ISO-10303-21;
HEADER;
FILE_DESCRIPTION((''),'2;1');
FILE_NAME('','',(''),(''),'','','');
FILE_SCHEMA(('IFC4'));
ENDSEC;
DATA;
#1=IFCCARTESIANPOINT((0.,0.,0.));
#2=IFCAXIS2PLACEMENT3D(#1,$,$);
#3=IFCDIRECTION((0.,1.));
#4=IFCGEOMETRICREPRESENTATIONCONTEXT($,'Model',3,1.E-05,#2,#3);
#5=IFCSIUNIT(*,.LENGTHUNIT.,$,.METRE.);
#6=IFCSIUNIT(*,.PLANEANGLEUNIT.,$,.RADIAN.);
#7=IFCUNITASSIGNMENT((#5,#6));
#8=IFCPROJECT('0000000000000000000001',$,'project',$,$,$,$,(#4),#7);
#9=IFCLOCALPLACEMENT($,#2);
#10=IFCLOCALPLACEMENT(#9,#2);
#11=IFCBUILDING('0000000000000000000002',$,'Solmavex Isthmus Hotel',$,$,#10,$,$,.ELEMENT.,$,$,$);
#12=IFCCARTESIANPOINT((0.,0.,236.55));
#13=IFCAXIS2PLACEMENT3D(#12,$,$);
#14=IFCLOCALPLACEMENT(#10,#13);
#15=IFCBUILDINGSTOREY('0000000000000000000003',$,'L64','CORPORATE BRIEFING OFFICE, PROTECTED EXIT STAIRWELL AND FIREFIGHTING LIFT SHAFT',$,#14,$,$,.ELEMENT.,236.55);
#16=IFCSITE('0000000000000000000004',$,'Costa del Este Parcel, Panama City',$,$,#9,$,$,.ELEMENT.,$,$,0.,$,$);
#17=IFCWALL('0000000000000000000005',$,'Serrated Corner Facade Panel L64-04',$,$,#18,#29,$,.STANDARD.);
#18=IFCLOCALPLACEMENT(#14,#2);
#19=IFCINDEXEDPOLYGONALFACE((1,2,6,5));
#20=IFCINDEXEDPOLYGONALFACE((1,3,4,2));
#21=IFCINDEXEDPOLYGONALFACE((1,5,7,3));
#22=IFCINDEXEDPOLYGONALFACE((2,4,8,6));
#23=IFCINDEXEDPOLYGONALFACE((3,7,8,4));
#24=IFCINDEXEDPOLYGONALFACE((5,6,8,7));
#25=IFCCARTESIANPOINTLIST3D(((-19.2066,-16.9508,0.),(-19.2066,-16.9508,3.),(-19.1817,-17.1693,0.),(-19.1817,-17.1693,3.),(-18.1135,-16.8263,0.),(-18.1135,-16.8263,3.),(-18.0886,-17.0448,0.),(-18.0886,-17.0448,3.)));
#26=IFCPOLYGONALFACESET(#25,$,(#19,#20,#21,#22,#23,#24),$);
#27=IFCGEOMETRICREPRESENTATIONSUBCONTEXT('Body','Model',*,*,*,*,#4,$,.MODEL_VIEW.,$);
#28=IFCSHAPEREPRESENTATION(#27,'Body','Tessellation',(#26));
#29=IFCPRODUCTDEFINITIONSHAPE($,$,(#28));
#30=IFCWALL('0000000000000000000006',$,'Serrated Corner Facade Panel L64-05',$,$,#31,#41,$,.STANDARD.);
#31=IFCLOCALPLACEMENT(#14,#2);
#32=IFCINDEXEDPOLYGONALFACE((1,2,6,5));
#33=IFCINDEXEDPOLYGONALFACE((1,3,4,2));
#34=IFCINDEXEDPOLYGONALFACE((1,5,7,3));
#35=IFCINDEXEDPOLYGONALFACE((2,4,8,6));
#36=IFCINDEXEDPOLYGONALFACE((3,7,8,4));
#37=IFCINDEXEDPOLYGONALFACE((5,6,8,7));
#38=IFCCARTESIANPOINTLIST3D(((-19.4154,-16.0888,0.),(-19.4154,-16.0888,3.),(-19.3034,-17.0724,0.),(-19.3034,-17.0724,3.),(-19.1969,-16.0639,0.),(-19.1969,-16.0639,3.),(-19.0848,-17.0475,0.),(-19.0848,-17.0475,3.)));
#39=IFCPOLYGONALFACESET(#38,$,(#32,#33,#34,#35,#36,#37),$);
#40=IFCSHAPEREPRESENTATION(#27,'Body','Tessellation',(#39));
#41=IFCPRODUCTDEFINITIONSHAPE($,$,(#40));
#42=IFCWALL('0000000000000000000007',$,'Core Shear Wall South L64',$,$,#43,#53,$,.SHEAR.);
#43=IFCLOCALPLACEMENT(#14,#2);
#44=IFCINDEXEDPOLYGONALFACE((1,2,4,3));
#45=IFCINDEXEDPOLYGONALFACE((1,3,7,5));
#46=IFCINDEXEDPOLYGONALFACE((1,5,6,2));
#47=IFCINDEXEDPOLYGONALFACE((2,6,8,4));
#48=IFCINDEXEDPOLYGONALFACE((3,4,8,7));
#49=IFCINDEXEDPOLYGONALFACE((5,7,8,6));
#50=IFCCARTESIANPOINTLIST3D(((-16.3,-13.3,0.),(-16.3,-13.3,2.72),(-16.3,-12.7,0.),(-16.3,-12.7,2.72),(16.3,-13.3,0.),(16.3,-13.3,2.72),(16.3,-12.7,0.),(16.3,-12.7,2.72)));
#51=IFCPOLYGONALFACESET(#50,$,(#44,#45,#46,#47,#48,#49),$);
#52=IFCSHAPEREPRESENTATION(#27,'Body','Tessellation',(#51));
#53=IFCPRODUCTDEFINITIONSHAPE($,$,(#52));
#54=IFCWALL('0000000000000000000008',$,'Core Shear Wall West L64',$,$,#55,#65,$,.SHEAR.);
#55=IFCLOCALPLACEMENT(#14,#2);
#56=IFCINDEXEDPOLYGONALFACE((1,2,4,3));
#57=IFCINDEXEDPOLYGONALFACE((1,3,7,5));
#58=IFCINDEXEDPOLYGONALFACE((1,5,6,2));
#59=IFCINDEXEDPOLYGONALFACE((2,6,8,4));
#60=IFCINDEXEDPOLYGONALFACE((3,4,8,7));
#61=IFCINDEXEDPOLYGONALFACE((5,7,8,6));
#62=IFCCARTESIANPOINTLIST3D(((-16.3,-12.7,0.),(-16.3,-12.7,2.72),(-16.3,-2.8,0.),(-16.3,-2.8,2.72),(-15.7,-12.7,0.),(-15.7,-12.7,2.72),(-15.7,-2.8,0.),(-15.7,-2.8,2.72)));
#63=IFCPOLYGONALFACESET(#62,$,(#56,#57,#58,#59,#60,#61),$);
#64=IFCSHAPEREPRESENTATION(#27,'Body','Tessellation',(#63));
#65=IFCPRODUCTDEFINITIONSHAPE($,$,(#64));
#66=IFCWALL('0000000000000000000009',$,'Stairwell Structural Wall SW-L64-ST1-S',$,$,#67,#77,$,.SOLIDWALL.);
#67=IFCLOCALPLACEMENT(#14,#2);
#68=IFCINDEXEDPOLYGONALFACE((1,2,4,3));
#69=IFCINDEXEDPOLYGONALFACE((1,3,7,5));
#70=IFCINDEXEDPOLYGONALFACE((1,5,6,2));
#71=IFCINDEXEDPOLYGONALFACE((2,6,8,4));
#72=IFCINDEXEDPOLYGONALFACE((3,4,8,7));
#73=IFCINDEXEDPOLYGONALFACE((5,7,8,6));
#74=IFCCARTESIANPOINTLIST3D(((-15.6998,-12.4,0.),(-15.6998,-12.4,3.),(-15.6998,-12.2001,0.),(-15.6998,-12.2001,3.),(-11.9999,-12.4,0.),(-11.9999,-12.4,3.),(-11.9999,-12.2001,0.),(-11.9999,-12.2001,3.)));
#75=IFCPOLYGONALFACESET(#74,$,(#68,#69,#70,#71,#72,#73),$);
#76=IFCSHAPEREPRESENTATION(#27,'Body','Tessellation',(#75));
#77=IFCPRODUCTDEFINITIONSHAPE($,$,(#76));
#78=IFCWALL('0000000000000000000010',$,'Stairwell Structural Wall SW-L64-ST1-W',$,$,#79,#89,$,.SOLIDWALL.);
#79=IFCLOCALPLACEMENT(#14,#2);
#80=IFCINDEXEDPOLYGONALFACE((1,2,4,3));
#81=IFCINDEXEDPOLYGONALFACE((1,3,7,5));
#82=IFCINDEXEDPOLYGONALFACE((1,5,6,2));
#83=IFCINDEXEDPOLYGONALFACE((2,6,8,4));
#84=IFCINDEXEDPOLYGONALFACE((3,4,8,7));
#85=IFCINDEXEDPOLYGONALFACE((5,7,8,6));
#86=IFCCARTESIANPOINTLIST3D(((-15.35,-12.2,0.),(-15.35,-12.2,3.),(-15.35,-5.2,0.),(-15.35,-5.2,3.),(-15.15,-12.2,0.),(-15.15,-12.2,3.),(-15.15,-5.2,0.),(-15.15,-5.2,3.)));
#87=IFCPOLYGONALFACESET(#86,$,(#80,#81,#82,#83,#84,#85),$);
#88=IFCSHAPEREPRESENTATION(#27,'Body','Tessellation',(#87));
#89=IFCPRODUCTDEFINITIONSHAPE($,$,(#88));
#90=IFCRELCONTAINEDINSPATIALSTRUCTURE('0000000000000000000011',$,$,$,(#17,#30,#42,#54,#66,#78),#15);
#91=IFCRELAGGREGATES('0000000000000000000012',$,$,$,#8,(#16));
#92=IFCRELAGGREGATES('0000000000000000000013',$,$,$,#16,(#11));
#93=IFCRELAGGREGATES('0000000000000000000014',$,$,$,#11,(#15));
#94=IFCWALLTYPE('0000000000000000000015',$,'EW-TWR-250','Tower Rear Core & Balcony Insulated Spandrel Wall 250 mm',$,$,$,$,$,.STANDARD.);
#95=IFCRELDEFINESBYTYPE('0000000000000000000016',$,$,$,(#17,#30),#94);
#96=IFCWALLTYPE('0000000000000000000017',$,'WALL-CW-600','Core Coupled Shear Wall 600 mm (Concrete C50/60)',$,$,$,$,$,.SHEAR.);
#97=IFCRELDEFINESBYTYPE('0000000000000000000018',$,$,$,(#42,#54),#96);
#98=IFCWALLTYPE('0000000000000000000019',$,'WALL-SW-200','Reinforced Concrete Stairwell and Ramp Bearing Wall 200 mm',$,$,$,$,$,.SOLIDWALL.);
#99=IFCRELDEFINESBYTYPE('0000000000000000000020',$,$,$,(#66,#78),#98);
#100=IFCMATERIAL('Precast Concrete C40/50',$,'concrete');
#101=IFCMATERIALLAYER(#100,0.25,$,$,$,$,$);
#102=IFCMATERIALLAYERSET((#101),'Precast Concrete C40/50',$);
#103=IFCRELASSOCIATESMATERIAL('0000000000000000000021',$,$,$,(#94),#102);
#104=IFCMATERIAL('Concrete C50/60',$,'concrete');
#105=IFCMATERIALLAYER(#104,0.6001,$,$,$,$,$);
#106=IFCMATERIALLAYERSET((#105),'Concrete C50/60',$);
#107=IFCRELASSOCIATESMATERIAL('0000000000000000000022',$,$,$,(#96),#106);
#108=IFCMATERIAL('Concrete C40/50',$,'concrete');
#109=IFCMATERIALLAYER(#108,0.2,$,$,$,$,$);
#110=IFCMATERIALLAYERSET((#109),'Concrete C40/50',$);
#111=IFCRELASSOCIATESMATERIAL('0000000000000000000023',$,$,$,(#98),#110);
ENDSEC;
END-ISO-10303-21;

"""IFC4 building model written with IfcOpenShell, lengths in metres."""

from ifc_helpers import new_model, si_unit, direction, frame, frame_2d, origin, place, context, subcontext, project, spatial, rectangle, extrude, material, layer, layer_set, type_object, element, save


model = new_model("IFC4")

# Units and contexts
model_context = context("Model", 3, precision=1e-05, world=origin(), true_north=direction((0.0, 1.0)))
body_context = subcontext(model_context, "Body", "Model", "MODEL_VIEW")
ifc_project = project(units=[si_unit("LENGTHUNIT", "METRE"), si_unit("PLANEANGLEUNIT", "RADIAN")], contexts=[model_context])

# Site, building, storey
site_placement = place(None, origin())
site = spatial("IfcSite", under=ifc_project, at=site_placement, Name="Costa del Este Parcel, Panama City", CompositionType="ELEMENT", RefElevation=0.0)
building_placement = place(site_placement, origin())
building = spatial("IfcBuilding", under=site, at=building_placement, Name="Solmavex Isthmus Hotel", CompositionType="ELEMENT")
storey_placement = place(building_placement, frame((0.0, 0.0, 236.55)))
storey = spatial("IfcBuildingStorey", under=building, at=storey_placement, Name="L64", Description="CORPORATE BRIEFING OFFICE, PROTECTED EXIT STAIRWELL AND FIREFIGHTING LIFT SHAFT", CompositionType="ELEMENT", Elevation=236.55)

# Shared definitions
ifc_material_1 = material(Name="Concrete C50/60", Category="concrete")

# Shared definitions
ifc_material_2 = material(Name="Precast Concrete C40/50", Category="concrete")
ifc_layer_1 = layer(ifc_material_2, 0.25)
ifc_layer_set_1 = layer_set([ifc_layer_1], Name="Precast Concrete C40/50")
wall_type_1 = type_object("IfcWallType", Name="EW-TWR-250", Description="Tower Rear Core & Balcony Insulated Spandrel Wall 250 mm", PredefinedType="STANDARD", material=ifc_layer_set_1)

# Walls
for number, where, z_axis, x_axis, name in (
    (1, (-18.1011, -16.9355, 0.0), (0.0, 0.0, 1.0), (-0.993574, -0.113184, 0.0), "Serrated Corner Facade Panel L64-04"),
):
    element("IfcWall", number, at=place(storey_placement, frame(where, z_axis=z_axis, x_axis=x_axis)), inside=storey, type_object=wall_type_1, Name=name, PredefinedType="STANDARD", context=body_context, shape_type="SweptSolid", body=[
        extrude(rectangle(XDim=1.1001, YDim=0.22, at=frame_2d((0.55, 0.0))), origin(), (0.0, 0.0, 1.0), 3.0),
    ])
wall_1_placement = place(storey_placement, frame((-19.1941, -17.0601, 0.0), z_axis=(0.0, 0.0, 1.0), x_axis=(-0.113192, 0.993573, 0.0)))
element("IfcWall", 2, at=wall_1_placement, inside=storey, type_object=wall_type_1, Name="Serrated Corner Facade Panel L64-05", PredefinedType="STANDARD", context=body_context, shape_type="SweptSolid", body=[
    extrude(rectangle(XDim=0.99, YDim=0.22, at=frame_2d((0.4951, 0.0))), origin(), (0.0, 0.0, 1.0), 3.0),
])
ifc_layer_2 = layer(ifc_material_1, 0.6001)
ifc_layer_set_2 = layer_set([ifc_layer_2], Name="Concrete C50/60")
wall_type_2 = type_object("IfcWallType", Name="WALL-CW-600", Description="Core Coupled Shear Wall 600 mm (Concrete C50/60)", PredefinedType="SHEAR", material=ifc_layer_set_2)
wall_2_placement = place(storey_placement, frame((-16.3, -13.0, 0.0), z_axis=(0.0, 0.0, 1.0), x_axis=(1.0, 0.0, 0.0)))
element("IfcWall", 3, at=wall_2_placement, inside=storey, type_object=wall_type_2, Name="Core Shear Wall South L64", PredefinedType="SHEAR", context=body_context, shape_type="SweptSolid", body=[
    extrude(rectangle(XDim=32.6001, YDim=0.6001, at=frame_2d((16.3, 0.0))), origin(), (0.0, 0.0, 1.0), 2.72),
])
wall_3_placement = place(storey_placement, frame((-16.0, -12.7, 0.0), z_axis=(0.0, 0.0, 1.0), x_axis=(0.0, 1.0, 0.0)))
element("IfcWall", 4, at=wall_3_placement, inside=storey, type_object=wall_type_2, Name="Core Shear Wall West L64", PredefinedType="SHEAR", context=body_context, shape_type="SweptSolid", body=[
    extrude(rectangle(XDim=9.8999, YDim=0.6001, at=frame_2d((4.95, 0.0))), origin(), (0.0, 0.0, 1.0), 2.72),
])
ifc_material_3 = material(Name="Concrete C40/50", Category="concrete")
ifc_layer_3 = layer(ifc_material_3, 0.2)
ifc_layer_set_3 = layer_set([ifc_layer_3], Name="Concrete C40/50")
wall_type_3 = type_object("IfcWallType", Name="WALL-SW-200", Description="Reinforced Concrete Stairwell and Ramp Bearing Wall 200 mm", PredefinedType="SOLIDWALL", material=ifc_layer_set_3)
wall_4_placement = place(storey_placement, frame((-15.7, -12.3, 0.0), z_axis=(0.0, 0.0, 1.0), x_axis=(1.0, 0.0, 0.0)))
element("IfcWall", 5, at=wall_4_placement, inside=storey, type_object=wall_type_3, Name="Stairwell Structural Wall SW-L64-ST1-S", PredefinedType="SOLIDWALL", context=body_context, shape_type="SweptSolid", body=[
    extrude(rectangle(XDim=3.7, YDim=0.2, at=frame_2d((1.8501, 0.0))), origin(), (0.0, 0.0, 1.0), 3.0),
])
wall_5_placement = place(storey_placement, frame((-15.25, -12.2, 0.0), z_axis=(0.0, 0.0, 1.0), x_axis=(0.0, 1.0, 0.0)))
element("IfcWall", 6, at=wall_5_placement, inside=storey, type_object=wall_type_3, Name="Stairwell Structural Wall SW-L64-ST1-W", PredefinedType="SOLIDWALL", context=body_context, shape_type="SweptSolid", body=[
    extrude(rectangle(XDim=7.0, YDim=0.2, at=frame_2d((3.5, 0.0))), origin(), (0.0, 0.0, 1.0), 3.0),
])

save(model, "model.ifc")
